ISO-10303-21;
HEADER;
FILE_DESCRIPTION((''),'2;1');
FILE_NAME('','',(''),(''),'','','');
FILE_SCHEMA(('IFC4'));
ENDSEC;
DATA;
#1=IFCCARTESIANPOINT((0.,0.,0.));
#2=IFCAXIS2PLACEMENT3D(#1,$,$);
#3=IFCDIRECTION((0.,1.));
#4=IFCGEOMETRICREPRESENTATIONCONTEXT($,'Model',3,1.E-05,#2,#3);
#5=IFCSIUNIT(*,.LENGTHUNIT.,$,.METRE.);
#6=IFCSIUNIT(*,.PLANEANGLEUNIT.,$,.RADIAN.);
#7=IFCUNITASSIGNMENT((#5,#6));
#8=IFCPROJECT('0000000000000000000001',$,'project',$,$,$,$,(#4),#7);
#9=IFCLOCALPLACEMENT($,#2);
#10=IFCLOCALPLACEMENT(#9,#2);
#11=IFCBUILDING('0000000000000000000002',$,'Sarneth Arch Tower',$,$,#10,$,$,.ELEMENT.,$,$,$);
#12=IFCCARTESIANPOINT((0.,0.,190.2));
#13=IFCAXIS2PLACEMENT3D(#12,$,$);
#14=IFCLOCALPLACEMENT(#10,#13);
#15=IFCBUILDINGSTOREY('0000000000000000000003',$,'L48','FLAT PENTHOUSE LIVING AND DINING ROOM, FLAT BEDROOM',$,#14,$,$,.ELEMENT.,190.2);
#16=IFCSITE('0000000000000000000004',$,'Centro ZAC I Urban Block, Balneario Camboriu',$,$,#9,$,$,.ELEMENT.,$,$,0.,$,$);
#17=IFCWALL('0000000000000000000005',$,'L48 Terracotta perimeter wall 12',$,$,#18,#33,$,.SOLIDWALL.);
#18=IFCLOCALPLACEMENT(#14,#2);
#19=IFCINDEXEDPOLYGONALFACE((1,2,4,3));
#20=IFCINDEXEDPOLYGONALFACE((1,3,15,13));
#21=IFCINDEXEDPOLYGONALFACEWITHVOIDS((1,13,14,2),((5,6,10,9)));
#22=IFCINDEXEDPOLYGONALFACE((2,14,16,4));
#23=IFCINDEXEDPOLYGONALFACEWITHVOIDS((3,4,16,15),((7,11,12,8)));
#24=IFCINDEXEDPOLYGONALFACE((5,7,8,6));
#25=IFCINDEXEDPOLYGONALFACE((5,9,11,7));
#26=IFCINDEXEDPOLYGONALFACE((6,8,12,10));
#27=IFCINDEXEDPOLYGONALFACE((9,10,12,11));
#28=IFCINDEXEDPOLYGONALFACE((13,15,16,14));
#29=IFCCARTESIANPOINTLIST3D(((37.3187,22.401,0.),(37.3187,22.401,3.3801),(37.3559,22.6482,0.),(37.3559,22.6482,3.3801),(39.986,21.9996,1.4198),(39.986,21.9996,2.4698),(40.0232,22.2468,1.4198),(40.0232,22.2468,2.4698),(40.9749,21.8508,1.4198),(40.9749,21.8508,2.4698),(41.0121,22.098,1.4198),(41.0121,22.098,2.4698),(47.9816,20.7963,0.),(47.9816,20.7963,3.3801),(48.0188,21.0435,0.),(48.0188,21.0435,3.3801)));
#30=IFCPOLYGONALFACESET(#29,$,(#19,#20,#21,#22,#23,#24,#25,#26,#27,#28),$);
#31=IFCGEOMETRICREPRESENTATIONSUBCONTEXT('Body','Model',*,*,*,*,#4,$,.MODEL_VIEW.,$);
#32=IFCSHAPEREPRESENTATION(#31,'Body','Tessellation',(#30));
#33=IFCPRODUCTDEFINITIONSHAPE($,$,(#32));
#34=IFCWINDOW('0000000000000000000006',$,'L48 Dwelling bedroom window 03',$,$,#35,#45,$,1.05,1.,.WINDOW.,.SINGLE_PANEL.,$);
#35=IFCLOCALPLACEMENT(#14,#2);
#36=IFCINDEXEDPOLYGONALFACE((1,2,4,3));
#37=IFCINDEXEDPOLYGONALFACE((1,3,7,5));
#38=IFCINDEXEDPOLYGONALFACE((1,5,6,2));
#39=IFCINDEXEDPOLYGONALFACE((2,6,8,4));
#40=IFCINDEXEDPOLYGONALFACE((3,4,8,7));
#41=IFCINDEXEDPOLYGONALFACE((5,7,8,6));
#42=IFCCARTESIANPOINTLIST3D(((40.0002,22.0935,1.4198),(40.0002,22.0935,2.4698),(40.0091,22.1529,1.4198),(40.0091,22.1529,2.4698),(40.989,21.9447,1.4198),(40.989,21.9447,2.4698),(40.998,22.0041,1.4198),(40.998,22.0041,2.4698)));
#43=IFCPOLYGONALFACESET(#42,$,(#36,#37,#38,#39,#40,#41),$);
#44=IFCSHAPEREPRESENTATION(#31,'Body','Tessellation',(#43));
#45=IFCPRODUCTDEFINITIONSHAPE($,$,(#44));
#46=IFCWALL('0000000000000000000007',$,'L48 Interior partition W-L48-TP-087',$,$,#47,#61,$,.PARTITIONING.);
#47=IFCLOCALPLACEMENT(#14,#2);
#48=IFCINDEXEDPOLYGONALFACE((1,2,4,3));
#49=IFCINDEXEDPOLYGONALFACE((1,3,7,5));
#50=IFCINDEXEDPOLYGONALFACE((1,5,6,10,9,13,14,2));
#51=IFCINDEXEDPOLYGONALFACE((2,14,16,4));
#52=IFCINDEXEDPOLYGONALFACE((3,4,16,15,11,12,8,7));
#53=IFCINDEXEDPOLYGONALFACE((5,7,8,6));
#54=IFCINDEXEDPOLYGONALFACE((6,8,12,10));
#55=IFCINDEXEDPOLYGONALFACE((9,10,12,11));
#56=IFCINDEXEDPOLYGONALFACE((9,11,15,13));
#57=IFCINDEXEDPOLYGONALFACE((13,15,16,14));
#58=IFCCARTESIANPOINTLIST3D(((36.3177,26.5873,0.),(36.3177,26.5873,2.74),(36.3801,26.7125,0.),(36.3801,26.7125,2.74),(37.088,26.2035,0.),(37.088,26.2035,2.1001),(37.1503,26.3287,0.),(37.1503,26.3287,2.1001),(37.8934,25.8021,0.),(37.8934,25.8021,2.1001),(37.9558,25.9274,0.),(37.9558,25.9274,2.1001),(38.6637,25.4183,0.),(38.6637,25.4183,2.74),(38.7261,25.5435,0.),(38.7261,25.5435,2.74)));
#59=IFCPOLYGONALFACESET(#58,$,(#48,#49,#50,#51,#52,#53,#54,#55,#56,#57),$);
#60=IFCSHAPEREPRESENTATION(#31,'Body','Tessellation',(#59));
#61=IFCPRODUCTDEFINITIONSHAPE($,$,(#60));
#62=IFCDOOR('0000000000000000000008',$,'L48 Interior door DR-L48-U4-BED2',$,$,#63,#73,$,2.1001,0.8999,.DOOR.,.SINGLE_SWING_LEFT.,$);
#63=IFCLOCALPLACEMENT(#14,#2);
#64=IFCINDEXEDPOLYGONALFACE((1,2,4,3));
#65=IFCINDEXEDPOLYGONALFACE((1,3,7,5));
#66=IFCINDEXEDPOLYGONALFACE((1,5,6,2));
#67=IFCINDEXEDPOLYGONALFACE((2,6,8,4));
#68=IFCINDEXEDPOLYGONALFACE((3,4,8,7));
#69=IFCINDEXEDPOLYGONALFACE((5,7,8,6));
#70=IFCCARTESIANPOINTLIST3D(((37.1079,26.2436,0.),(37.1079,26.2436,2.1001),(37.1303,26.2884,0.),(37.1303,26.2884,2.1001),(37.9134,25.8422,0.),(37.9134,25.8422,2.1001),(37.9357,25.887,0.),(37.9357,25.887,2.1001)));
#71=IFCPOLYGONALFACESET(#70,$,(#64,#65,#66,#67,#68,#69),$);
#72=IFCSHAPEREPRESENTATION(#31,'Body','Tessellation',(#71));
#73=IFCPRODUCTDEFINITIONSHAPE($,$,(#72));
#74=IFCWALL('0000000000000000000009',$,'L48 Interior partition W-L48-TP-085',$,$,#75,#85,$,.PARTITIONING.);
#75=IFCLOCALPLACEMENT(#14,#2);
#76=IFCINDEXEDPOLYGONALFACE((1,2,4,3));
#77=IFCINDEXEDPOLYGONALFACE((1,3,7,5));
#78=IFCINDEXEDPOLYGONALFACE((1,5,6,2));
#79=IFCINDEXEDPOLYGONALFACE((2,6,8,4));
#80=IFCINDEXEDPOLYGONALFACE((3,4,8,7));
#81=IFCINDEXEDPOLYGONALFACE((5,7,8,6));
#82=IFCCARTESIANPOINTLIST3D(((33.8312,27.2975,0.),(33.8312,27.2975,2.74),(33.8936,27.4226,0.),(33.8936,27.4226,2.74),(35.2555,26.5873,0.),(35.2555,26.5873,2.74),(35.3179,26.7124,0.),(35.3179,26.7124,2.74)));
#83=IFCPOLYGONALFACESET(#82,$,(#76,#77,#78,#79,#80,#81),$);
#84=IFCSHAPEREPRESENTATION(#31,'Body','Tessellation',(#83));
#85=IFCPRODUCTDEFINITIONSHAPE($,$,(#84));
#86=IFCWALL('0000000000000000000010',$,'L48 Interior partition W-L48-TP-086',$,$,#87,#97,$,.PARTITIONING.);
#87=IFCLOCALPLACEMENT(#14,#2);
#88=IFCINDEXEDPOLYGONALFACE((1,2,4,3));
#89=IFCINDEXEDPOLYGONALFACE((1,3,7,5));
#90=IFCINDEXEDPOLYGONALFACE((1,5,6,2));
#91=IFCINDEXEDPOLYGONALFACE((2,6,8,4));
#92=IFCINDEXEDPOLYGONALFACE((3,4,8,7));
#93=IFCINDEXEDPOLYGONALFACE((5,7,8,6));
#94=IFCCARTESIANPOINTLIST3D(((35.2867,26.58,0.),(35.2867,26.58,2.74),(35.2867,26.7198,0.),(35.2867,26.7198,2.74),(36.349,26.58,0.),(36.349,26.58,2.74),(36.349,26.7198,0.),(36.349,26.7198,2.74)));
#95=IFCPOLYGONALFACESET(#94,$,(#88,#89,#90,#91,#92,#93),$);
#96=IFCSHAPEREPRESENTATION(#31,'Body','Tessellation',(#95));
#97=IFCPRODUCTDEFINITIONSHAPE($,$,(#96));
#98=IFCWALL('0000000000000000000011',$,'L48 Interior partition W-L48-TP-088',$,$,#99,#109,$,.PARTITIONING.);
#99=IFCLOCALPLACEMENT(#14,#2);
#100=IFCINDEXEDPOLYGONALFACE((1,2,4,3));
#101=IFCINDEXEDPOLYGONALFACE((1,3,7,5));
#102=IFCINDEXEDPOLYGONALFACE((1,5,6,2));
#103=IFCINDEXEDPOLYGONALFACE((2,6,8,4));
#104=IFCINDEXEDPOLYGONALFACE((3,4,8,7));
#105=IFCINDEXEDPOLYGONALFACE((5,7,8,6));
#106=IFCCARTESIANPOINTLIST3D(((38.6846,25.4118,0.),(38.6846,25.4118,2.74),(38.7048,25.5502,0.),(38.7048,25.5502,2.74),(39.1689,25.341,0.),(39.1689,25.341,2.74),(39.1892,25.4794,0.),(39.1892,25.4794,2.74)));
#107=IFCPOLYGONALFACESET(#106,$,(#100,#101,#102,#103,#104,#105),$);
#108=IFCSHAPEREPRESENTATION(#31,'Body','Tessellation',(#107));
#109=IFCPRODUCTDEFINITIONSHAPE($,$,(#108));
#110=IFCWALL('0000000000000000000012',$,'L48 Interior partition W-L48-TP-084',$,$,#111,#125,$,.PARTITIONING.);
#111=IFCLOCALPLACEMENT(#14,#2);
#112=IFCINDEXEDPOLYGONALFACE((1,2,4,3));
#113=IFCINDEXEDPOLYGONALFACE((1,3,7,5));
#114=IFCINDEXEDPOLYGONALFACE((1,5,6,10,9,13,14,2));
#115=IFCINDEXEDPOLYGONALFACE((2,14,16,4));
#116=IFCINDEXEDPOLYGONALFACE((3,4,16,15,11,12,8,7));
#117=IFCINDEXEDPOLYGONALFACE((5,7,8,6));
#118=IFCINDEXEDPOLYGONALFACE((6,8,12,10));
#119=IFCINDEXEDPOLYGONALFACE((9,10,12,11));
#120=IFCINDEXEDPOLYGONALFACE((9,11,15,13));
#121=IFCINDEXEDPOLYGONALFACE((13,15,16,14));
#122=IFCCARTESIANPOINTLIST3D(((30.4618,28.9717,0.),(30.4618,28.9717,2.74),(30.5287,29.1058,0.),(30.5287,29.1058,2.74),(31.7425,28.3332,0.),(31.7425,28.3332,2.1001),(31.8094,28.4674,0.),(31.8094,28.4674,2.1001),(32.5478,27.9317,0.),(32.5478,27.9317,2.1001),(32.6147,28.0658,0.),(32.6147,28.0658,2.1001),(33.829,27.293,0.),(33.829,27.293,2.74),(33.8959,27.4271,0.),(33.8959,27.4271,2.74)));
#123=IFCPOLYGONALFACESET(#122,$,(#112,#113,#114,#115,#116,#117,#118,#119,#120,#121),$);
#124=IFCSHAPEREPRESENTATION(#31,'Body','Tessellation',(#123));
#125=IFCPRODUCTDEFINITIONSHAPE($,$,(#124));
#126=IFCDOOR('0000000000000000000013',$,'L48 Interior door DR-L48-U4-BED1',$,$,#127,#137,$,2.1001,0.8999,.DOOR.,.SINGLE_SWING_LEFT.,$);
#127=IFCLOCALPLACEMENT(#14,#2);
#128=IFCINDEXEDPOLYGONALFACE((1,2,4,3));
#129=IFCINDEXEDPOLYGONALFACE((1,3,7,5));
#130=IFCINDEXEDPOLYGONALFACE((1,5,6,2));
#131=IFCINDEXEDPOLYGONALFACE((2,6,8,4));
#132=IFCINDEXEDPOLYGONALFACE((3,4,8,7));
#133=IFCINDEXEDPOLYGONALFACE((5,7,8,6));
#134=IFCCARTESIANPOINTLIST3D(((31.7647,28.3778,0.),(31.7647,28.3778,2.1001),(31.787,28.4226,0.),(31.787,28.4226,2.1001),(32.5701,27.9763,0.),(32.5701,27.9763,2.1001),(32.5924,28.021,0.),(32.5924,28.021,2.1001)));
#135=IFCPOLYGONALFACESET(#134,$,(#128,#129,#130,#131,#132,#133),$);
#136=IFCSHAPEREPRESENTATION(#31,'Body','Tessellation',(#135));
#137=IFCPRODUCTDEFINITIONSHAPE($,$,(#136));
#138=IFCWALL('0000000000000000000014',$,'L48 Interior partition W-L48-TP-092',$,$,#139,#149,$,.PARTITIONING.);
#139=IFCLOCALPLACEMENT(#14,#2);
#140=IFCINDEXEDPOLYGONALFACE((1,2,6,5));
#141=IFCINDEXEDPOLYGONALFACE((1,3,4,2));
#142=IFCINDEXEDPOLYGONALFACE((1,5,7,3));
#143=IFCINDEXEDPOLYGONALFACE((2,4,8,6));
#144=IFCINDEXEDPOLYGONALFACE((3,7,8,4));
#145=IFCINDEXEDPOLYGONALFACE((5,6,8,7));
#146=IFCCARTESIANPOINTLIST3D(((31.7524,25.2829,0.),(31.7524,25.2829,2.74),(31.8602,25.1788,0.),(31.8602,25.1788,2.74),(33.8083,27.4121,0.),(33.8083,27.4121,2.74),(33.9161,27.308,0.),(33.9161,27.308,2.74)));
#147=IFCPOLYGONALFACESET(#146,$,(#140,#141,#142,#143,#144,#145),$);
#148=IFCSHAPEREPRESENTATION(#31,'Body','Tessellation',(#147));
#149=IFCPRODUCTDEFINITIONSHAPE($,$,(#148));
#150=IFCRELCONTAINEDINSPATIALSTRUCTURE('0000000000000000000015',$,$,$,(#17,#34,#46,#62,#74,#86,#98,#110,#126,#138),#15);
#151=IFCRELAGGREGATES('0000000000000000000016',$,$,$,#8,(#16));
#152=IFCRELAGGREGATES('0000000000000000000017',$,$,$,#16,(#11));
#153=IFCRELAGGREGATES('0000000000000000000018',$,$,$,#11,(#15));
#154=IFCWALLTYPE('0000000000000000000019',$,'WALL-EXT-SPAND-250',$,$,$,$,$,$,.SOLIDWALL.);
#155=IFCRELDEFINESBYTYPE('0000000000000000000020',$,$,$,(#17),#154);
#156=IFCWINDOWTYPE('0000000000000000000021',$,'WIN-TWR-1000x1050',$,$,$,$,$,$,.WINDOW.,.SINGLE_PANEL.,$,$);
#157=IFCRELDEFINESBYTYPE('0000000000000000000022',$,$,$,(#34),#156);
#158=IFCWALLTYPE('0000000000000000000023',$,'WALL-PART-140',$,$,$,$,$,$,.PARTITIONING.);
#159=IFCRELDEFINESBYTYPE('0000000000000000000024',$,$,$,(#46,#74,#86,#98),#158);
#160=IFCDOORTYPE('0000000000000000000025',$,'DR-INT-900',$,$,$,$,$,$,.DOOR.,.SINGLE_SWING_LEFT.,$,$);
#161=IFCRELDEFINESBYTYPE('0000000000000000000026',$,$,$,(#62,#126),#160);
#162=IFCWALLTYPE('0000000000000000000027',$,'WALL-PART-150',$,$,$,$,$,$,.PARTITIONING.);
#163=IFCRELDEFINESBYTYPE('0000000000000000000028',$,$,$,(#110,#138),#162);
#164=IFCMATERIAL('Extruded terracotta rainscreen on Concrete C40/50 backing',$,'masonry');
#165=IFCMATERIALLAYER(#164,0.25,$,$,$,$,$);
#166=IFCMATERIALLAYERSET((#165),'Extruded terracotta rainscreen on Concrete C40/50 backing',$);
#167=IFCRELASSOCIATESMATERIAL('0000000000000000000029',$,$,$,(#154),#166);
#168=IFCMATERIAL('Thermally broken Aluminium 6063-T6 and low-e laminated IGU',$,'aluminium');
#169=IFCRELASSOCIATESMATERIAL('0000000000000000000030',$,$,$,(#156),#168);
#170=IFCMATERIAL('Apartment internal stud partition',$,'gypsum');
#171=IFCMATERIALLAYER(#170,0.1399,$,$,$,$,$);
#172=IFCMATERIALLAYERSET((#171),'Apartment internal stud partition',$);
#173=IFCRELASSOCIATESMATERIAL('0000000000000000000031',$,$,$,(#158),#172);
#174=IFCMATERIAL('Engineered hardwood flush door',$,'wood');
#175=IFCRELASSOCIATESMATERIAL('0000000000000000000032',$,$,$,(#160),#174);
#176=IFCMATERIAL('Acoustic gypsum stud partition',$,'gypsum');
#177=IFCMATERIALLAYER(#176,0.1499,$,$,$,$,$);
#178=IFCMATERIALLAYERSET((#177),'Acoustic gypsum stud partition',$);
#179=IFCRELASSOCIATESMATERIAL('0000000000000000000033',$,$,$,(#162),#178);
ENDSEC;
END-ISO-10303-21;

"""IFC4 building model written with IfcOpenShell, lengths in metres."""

from ifc_helpers import new_model, si_unit, direction, frame, frame_2d, origin, place, context, subcontext, project, spatial, rectangle, extrude, material, layer, layer_set, type_object, element, fill, save


model = new_model("IFC4")

# Units and contexts
model_context = context("Model", 3, precision=1e-05, world=origin(), true_north=direction((0.0, 1.0)))
body_context = subcontext(model_context, "Body", "Model", "MODEL_VIEW")
ifc_project = project(units=[si_unit("LENGTHUNIT", "METRE"), si_unit("PLANEANGLEUNIT", "RADIAN")], contexts=[model_context])

# Site, building, storey
site_placement = place(None, origin())
site = spatial("IfcSite", under=ifc_project, at=site_placement, Name="Centro ZAC I Urban Block, Balneario Camboriu", CompositionType="ELEMENT", RefElevation=0.0)
building_placement = place(site_placement, origin())
building = spatial("IfcBuilding", under=site, at=building_placement, Name="Sarneth Arch Tower", CompositionType="ELEMENT")
storey_placement = place(building_placement, frame((0.0, 0.0, 190.2)))
storey = spatial("IfcBuildingStorey", under=building, at=storey_placement, Name="L48", Description="FLAT PENTHOUSE LIVING AND DINING ROOM, FLAT BEDROOM", CompositionType="ELEMENT", Elevation=190.2)

# Wall, opening, window
ifc_material_1 = material(Name="Extruded terracotta rainscreen on Concrete C40/50 backing", Category="masonry")
ifc_layer_1 = layer(ifc_material_1, 0.25)
ifc_layer_set_1 = layer_set([ifc_layer_1], Name="Extruded terracotta rainscreen on Concrete C40/50 backing")
wall_type_1 = type_object("IfcWallType", Name="WALL-EXT-SPAND-250", PredefinedType="SOLIDWALL", material=ifc_layer_set_1)
wall_1_placement = place(storey_placement, frame((37.3372, 22.5247, 0.0), z_axis=(0.0, 0.0, 1.0), x_axis=(0.988864, -0.148822, 0.0)))
wall_1 = element("IfcWall", 1, at=wall_1_placement, inside=storey, type_object=wall_type_1, Name="L48 Terracotta perimeter wall 12", PredefinedType="SOLIDWALL", context=body_context, shape_type="SweptSolid", body=[
    extrude(rectangle(XDim=10.783, YDim=0.25, at=frame_2d((5.3916, 0.0))), origin(), (0.0, 0.0, 1.0), 3.3801),
])
opening_1_placement = place(wall_1_placement, frame((2.6975, 0.0, 1.4199)))
opening_1 = element("IfcOpeningElement", 2, at=opening_1_placement, cuts=wall_1, PredefinedType="OPENING", context=body_context, shape_type="SweptSolid", body=[
    extrude(rectangle(XDim=1.0, YDim=1.05, at=frame_2d((0.5, 0.5249))), frame((0.0, 0.135, 0.0), z_axis=(0.0, -1.0, 0.0), x_axis=(1.0, 0.0, 0.0)), (0.0, 0.0, 1.0), 0.27),
])
ifc_material_2 = material(Name="Thermally broken Aluminium 6063-T6 and low-e laminated IGU", Category="aluminium")
window_type = type_object("IfcWindowType", Name="WIN-TWR-1000x1050", PartitioningType="SINGLE_PANEL", PredefinedType="WINDOW", material=ifc_material_2)
window_placement = place(opening_1_placement, origin())
window = element("IfcWindow", 3, at=window_placement, inside=storey, type_object=window_type, Name="L48 Dwelling bedroom window 03", OverallHeight=1.05, OverallWidth=1.0, PartitioningType="SINGLE_PANEL", PredefinedType="WINDOW", context=body_context, shape_type="SweptSolid", body=[
    extrude(rectangle(XDim=1.0, YDim=1.05, at=frame_2d((0.5, 0.5249))), frame((0.0, 0.03, 0.0), z_axis=(0.0, -1.0, 0.0), x_axis=(1.0, 0.0, 0.0)), (0.0, 0.0, 1.0), 0.0601),
])
fill(opening_1, window)

# Wall, opening, door
ifc_material_3 = material(Name="Apartment internal stud partition", Category="gypsum")
ifc_layer_2 = layer(ifc_material_3, 0.1399)
ifc_layer_set_2 = layer_set([ifc_layer_2], Name="Apartment internal stud partition")
wall_type_2 = type_object("IfcWallType", Name="WALL-PART-140", PredefinedType="PARTITIONING", material=ifc_layer_set_2)
wall_2_placement = place(storey_placement, frame((36.3489, 26.6499, 0.0), z_axis=(0.0, 0.0, 1.0), x_axis=(0.895041, -0.445984, 0.0)))
wall_2 = element("IfcWall", 4, at=wall_2_placement, inside=storey, type_object=wall_type_2, Name="L48 Interior partition W-L48-TP-087", PredefinedType="PARTITIONING", context=body_context, shape_type="SweptSolid", body=[
    extrude(rectangle(XDim=2.6211, YDim=0.1399, at=frame_2d((1.3105, 0.0))), origin(), (0.0, 0.0, 1.0), 2.74),
])
opening_2_placement = place(wall_2_placement, frame((0.8606, 0.0, 0.0)))
opening_2 = element("IfcOpeningElement", 5, at=opening_2_placement, cuts=wall_2, PredefinedType="OPENING", context=body_context, shape_type="SweptSolid", body=[
    extrude(rectangle(XDim=0.8999, YDim=2.1001, at=frame_2d((0.45, 1.05))), frame((0.0, 0.0798, 0.0), z_axis=(0.0, -1.0, 0.0), x_axis=(1.0, 0.0, 0.0)), (0.0, 0.0, 1.0), 0.1599),
])
ifc_material_4 = material(Name="Engineered hardwood flush door", Category="wood")
door_type_1 = type_object("IfcDoorType", Name="DR-INT-900", OperationType="SINGLE_SWING_LEFT", PredefinedType="DOOR", material=ifc_material_4)
door_1_placement = place(opening_2_placement, origin())
door_1 = element("IfcDoor", 6, at=door_1_placement, inside=storey, type_object=door_type_1, Name="L48 Interior door DR-L48-U4-BED2", OperationType="SINGLE_SWING_LEFT", OverallHeight=2.1001, OverallWidth=0.8999, PredefinedType="DOOR", context=body_context, shape_type="SweptSolid", body=[
    extrude(rectangle(XDim=0.8999, YDim=2.1001, at=frame_2d((0.45, 1.05))), frame((0.0, 0.0249, 0.0), z_axis=(0.0, -1.0, 0.0), x_axis=(1.0, 0.0, 0.0)), (0.0, 0.0, 1.0), 0.05),
])
fill(opening_2, door_1)

# Walls
wall_3_placement = place(storey_placement, frame((33.8623, 27.3601, 0.0), z_axis=(0.0, 0.0, 1.0), x_axis=(0.894918, -0.446232, 0.0)))
element("IfcWall", 7, at=wall_3_placement, inside=storey, type_object=wall_type_2, Name="L48 Interior partition W-L48-TP-085", PredefinedType="PARTITIONING", context=body_context, shape_type="SweptSolid", body=[
    extrude(rectangle(XDim=1.5916, YDim=0.1399, at=frame_2d((0.7959, 0.0))), origin(), (0.0, 0.0, 1.0), 2.74),
])
wall_4_placement = place(storey_placement, frame((35.2866, 26.6499, 0.0), z_axis=(0.0, 0.0, 1.0), x_axis=(1.0, 0.0, 0.0)))
element("IfcWall", 8, at=wall_4_placement, inside=storey, type_object=wall_type_2, Name="L48 Interior partition W-L48-TP-086", PredefinedType="PARTITIONING", context=body_context, shape_type="SweptSolid", body=[
    extrude(rectangle(XDim=1.0623, YDim=0.1399, at=frame_2d((0.5312, 0.0))), origin(), (0.0, 0.0, 1.0), 2.74),
])
wall_5_placement = place(storey_placement, frame((38.6948, 25.481, 0.0), z_axis=(0.0, 0.0, 1.0), x_axis=(0.989485, -0.144632, 0.0)))
element("IfcWall", 9, at=wall_5_placement, inside=storey, type_object=wall_type_2, Name="L48 Interior partition W-L48-TP-088", PredefinedType="PARTITIONING", context=body_context, shape_type="SweptSolid", body=[
    extrude(rectangle(XDim=0.4895, YDim=0.1399, at=frame_2d((0.2446, 0.0))), origin(), (0.0, 0.0, 1.0), 2.74),
])

# Wall, opening, door
ifc_material_5 = material(Name="Acoustic gypsum stud partition", Category="gypsum")
ifc_layer_3 = layer(ifc_material_5, 0.1499)
ifc_layer_set_3 = layer_set([ifc_layer_3], Name="Acoustic gypsum stud partition")
wall_type_3 = type_object("IfcWallType", Name="WALL-PART-150", PredefinedType="PARTITIONING", material=ifc_layer_set_3)
wall_6_placement = place(storey_placement, frame((30.4951, 29.0388, 0.0), z_axis=(0.0, 0.0, 1.0), x_axis=(0.894946, -0.446175, 0.0)))
wall_6 = element("IfcWall", 10, at=wall_6_placement, inside=storey, type_object=wall_type_3, Name="L48 Interior partition W-L48-TP-084", PredefinedType="PARTITIONING", context=body_context, shape_type="SweptSolid", body=[
    extrude(rectangle(XDim=3.7625, YDim=0.1499, at=frame_2d((1.8813, 0.0))), origin(), (0.0, 0.0, 1.0), 2.74),
])
opening_3_placement = place(wall_6_placement, frame((1.4312, 0.0, 0.0)))
opening_3 = element("IfcOpeningElement", 11, at=opening_3_placement, cuts=wall_6, PredefinedType="OPENING", context=body_context, shape_type="SweptSolid", body=[
    extrude(rectangle(XDim=0.8999, YDim=2.1001, at=frame_2d((0.45, 1.05))), frame((0.0, 0.085, 0.0), z_axis=(0.0, -1.0, 0.0), x_axis=(1.0, 0.0, 0.0)), (0.0, 0.0, 1.0), 0.1699),
])
door_2_placement = place(opening_3_placement, origin())
door_2 = element("IfcDoor", 12, at=door_2_placement, inside=storey, type_object=door_type_1, Name="L48 Interior door DR-L48-U4-BED1", OperationType="SINGLE_SWING_LEFT", OverallHeight=2.1001, OverallWidth=0.8999, PredefinedType="DOOR", context=body_context, shape_type="SweptSolid", body=[
    extrude(rectangle(XDim=0.8999, YDim=2.1001, at=frame_2d((0.45, 1.05))), frame((0.0, 0.0249, 0.0), z_axis=(0.0, -1.0, 0.0), x_axis=(1.0, 0.0, 0.0)), (0.0, 0.0, 1.0), 0.05),
])
fill(opening_3, door_2)

# Wall
wall_7_placement = place(storey_placement, frame((33.8623, 27.3601, 0.0), z_axis=(0.0, 0.0, 1.0), x_axis=(-0.694625, -0.719372, 0.0)))
element("IfcWall", 13, at=wall_7_placement, inside=storey, type_object=wall_type_3, Name="L48 Interior partition W-L48-TP-092", PredefinedType="PARTITIONING", context=body_context, shape_type="SweptSolid", body=[
    extrude(rectangle(XDim=2.9597, YDim=0.1499, at=frame_2d((1.48, 0.0))), origin(), (0.0, 0.0, 1.0), 2.74),
])

save(model, "model.ifc")
